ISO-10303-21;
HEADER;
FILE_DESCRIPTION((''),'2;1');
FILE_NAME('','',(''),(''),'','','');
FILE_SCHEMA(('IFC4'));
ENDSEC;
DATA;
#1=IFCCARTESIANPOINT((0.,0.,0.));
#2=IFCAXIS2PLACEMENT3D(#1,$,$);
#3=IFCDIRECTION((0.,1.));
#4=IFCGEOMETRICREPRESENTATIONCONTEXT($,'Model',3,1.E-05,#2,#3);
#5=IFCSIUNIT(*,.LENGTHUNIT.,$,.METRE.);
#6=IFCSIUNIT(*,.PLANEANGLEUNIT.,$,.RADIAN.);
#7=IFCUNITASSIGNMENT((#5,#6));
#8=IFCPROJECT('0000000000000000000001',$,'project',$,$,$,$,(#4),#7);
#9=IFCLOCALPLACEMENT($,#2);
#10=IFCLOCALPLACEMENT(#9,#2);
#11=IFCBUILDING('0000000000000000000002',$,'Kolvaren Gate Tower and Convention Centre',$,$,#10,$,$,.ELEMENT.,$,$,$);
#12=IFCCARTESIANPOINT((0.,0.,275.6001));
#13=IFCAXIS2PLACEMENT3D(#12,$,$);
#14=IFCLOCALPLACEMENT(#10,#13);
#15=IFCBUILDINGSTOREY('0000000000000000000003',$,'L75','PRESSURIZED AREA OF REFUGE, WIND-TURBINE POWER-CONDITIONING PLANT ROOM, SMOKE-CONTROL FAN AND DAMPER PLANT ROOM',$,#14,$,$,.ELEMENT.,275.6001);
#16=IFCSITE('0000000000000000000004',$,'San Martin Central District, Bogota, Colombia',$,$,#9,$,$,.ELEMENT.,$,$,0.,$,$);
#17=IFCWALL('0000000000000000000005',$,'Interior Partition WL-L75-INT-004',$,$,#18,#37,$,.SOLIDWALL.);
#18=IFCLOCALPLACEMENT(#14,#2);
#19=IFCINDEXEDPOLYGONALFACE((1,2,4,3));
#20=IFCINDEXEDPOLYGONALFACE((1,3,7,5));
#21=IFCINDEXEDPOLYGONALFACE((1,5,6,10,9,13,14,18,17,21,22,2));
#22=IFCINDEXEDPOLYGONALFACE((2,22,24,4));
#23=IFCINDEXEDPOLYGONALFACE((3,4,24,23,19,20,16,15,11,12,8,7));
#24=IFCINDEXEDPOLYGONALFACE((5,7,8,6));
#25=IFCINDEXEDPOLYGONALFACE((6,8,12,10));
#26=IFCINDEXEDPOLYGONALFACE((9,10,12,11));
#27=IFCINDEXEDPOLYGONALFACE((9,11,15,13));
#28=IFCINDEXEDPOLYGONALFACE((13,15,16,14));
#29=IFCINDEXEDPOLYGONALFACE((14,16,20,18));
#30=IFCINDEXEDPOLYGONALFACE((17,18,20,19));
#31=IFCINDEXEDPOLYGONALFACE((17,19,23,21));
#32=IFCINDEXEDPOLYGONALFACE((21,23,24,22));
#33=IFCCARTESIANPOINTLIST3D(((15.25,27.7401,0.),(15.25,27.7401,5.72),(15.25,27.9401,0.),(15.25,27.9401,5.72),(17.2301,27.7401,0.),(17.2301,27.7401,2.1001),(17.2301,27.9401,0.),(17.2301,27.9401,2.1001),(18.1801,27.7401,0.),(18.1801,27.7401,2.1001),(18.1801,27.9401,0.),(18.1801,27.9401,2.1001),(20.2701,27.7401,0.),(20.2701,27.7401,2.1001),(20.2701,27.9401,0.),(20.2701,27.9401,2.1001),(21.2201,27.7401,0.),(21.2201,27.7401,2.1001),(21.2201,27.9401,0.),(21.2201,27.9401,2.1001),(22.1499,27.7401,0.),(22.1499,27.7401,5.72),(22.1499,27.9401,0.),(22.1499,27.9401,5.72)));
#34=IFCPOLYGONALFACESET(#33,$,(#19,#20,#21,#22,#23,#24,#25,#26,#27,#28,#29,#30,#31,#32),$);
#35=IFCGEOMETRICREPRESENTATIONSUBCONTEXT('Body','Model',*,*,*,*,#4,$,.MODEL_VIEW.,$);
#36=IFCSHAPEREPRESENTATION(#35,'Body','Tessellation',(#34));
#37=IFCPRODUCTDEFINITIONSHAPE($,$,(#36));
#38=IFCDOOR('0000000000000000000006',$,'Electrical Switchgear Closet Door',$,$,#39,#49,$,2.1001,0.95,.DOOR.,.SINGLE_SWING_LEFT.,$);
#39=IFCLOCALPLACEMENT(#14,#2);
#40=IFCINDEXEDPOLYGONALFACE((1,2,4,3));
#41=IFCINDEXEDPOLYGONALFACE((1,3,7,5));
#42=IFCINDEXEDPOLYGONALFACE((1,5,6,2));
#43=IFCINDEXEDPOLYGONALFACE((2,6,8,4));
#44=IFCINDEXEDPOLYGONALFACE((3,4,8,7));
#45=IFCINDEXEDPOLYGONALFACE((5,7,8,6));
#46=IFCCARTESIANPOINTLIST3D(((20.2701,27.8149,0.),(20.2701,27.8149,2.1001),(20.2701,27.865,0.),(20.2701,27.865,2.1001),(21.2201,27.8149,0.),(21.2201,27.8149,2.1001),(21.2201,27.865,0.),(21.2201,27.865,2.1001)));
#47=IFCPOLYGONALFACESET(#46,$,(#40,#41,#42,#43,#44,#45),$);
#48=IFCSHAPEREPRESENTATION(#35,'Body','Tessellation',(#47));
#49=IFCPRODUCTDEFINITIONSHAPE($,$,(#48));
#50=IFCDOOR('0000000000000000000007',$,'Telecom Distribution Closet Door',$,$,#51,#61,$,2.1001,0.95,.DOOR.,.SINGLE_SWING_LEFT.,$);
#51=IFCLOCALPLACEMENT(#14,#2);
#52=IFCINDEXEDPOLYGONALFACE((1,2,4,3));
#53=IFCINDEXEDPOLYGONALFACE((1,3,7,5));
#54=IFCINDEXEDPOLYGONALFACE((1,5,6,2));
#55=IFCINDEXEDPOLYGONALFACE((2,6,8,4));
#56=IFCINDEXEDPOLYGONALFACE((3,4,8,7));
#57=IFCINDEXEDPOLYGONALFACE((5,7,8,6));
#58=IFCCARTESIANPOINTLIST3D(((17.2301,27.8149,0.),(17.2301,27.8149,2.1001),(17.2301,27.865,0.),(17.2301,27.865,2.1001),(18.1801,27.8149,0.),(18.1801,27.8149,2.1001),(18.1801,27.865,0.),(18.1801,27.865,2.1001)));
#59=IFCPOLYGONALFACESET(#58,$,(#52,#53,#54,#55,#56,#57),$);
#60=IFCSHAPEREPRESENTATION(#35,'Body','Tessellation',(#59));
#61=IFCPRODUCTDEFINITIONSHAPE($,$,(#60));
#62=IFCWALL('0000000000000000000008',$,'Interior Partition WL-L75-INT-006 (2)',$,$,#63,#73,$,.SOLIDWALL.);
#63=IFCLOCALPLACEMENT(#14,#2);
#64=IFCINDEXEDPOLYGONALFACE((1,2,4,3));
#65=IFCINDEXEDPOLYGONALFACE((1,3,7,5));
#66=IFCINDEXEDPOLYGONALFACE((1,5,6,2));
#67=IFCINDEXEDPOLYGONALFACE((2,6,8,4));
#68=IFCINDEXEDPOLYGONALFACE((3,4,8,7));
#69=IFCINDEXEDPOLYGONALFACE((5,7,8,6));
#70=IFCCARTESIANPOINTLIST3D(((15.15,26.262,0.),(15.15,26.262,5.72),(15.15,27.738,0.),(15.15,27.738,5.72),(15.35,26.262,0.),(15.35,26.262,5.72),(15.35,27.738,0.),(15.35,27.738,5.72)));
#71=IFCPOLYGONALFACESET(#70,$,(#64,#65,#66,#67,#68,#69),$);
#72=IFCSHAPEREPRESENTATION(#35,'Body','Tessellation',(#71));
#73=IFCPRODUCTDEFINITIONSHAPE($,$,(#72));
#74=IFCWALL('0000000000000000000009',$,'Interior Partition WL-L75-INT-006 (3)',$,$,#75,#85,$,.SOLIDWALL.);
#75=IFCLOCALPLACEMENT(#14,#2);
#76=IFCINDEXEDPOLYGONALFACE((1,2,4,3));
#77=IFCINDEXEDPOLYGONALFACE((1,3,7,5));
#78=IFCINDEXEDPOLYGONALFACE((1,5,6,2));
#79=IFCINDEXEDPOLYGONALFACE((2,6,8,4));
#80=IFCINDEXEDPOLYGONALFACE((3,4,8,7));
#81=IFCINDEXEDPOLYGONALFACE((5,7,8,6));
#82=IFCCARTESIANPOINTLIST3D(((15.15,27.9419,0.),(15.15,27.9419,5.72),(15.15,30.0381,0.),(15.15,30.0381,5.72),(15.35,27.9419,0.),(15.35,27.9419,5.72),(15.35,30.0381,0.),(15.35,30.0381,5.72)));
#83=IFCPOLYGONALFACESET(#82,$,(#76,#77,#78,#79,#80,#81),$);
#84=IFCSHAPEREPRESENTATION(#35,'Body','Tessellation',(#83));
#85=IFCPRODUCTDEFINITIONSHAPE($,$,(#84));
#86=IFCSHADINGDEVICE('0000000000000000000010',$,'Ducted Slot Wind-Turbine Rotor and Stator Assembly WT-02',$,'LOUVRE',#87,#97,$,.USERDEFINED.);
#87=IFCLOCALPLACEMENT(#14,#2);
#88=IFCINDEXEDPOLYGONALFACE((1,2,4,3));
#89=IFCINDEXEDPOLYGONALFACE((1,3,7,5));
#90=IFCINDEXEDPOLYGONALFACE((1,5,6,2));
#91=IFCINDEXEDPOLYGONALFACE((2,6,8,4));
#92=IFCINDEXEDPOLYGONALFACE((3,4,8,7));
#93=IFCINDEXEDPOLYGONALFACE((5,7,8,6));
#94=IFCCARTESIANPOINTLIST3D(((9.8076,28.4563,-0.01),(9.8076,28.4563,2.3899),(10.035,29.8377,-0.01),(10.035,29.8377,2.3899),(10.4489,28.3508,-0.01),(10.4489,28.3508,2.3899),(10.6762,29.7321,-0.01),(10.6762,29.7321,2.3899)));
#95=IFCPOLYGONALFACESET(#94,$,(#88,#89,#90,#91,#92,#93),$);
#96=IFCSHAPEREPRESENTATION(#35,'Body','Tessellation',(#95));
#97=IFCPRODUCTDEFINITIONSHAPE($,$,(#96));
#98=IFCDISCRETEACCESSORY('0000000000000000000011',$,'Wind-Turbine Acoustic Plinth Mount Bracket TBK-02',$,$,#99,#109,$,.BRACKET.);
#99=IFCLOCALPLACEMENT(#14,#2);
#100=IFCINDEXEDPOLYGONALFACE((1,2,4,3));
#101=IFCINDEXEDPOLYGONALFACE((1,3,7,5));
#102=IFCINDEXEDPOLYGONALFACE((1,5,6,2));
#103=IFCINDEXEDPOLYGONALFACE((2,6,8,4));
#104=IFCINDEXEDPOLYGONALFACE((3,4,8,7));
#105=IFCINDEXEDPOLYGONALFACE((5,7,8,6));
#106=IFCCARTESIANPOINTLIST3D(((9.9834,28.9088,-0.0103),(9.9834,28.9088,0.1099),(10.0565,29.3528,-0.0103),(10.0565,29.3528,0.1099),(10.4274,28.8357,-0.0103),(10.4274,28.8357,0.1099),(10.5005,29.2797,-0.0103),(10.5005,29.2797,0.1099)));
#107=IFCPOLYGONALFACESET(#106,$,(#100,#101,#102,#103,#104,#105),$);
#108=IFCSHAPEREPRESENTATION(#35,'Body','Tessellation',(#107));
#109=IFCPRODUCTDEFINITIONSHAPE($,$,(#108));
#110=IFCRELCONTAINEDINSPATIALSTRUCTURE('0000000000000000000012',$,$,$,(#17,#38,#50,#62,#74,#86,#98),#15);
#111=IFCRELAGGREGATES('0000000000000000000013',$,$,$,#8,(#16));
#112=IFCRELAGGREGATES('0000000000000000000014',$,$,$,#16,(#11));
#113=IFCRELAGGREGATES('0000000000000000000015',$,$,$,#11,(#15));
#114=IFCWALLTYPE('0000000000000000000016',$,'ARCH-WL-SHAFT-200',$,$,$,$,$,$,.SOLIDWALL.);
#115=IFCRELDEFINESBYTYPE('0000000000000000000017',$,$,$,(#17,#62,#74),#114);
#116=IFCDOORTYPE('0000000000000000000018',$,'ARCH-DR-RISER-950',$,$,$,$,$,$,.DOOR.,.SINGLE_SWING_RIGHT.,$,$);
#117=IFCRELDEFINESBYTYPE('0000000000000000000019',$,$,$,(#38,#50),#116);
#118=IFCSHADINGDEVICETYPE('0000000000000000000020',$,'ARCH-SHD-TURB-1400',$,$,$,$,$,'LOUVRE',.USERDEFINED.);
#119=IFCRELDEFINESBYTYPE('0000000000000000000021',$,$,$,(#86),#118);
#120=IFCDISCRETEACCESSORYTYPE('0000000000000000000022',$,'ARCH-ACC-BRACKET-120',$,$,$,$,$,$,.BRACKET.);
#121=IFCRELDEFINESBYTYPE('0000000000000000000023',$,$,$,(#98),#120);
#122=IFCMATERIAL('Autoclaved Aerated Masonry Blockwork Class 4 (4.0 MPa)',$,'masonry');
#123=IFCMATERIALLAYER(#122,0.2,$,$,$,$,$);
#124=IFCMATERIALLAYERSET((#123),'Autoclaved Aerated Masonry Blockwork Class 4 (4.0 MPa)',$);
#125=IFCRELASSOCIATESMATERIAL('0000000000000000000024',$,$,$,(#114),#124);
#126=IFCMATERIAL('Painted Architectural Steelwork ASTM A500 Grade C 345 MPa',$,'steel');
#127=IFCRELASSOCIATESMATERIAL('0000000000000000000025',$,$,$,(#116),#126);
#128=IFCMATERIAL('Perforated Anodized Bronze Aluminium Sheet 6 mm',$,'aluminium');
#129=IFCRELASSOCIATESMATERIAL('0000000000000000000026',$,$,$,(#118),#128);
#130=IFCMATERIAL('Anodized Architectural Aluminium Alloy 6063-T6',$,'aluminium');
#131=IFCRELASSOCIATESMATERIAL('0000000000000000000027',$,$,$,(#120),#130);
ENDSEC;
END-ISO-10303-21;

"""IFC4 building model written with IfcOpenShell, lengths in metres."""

from ifc_helpers import new_model, si_unit, direction, frame, frame_2d, origin, origin_2d, place, context, subcontext, project, spatial, rectangle, extrude, material, layer, layer_set, type_object, element, fill, save


model = new_model("IFC4")

# Units and contexts
model_context = context("Model", 3, precision=1e-05, world=origin(), true_north=direction((0.0, 1.0)))
body_context = subcontext(model_context, "Body", "Model", "MODEL_VIEW")
ifc_project = project(units=[si_unit("LENGTHUNIT", "METRE"), si_unit("PLANEANGLEUNIT", "RADIAN")], contexts=[model_context])

# Site, building, storey
site_placement = place(None, origin())
site = spatial("IfcSite", under=ifc_project, at=site_placement, Name="San Martin Central District, Bogota, Colombia", CompositionType="ELEMENT", RefElevation=0.0)
building_placement = place(site_placement, origin())
building = spatial("IfcBuilding", under=site, at=building_placement, Name="Kolvaren Gate Tower and Convention Centre", CompositionType="ELEMENT")
storey_placement = place(building_placement, frame((0.0, 0.0, 275.6001)))
storey = spatial("IfcBuildingStorey", under=building, at=storey_placement, Name="L75", Description="PRESSURIZED AREA OF REFUGE, WIND-TURBINE POWER-CONDITIONING PLANT ROOM, SMOKE-CONTROL FAN AND DAMPER PLANT ROOM", CompositionType="ELEMENT", Elevation=275.6001)

# Shared definitions
ifc_material_1 = material(Name="Perforated Anodized Bronze Aluminium Sheet 6 mm", Category="aluminium")

# Wall, openings, doors
ifc_material_2 = material(Name="Autoclaved Aerated Masonry Blockwork Class 4 (4.0 MPa)", Category="masonry")
ifc_layer_1 = layer(ifc_material_2, 0.2)
ifc_layer_set_1 = layer_set([ifc_layer_1], Name="Autoclaved Aerated Masonry Blockwork Class 4 (4.0 MPa)")
wall_type = type_object("IfcWallType", Name="ARCH-WL-SHAFT-200", PredefinedType="SOLIDWALL", material=ifc_layer_set_1)
wall_1_placement = place(storey_placement, frame((15.25, 27.8401, 0.0), z_axis=(0.0, 0.0, 1.0), x_axis=(1.0, 0.0, 0.0)))
wall_1 = element("IfcWall", 1, at=wall_1_placement, inside=storey, type_object=wall_type, Name="Interior Partition WL-L75-INT-004", PredefinedType="SOLIDWALL", context=body_context, shape_type="SweptSolid", body=[
    extrude(rectangle(XDim=6.8999, YDim=0.2, at=frame_2d((3.45, 0.0))), origin(), (0.0, 0.0, 1.0), 5.72),
])
opening_1_placement = place(wall_1_placement, frame((5.02, 0.0, 0.0)))
opening_1 = element("IfcOpeningElement", 2, at=opening_1_placement, cuts=wall_1, PredefinedType="OPENING", context=body_context, shape_type="SweptSolid", body=[
    extrude(rectangle(XDim=0.95, YDim=2.1001, at=frame_2d((0.4751, 1.05))), frame((0.0, 0.1099, 0.0), z_axis=(0.0, -1.0, 0.0), x_axis=(1.0, 0.0, 0.0)), (0.0, 0.0, 1.0), 0.22),
])
opening_2_placement = place(wall_1_placement, frame((1.98, 0.0, 0.0)))
opening_2 = element("IfcOpeningElement", 3, at=opening_2_placement, cuts=wall_1, PredefinedType="OPENING", context=body_context, shape_type="SweptSolid", body=[
    extrude(rectangle(XDim=0.95, YDim=2.1001, at=frame_2d((0.4751, 1.05))), frame((0.0, 0.1099, 0.0), z_axis=(0.0, -1.0, 0.0), x_axis=(1.0, 0.0, 0.0)), (0.0, 0.0, 1.0), 0.22),
])
ifc_material_3 = material(Name="Painted Architectural Steelwork ASTM A500 Grade C 345 MPa", Category="steel")
door_type = type_object("IfcDoorType", Name="ARCH-DR-RISER-950", OperationType="SINGLE_SWING_RIGHT", PredefinedType="DOOR", material=ifc_material_3)
door_1_placement = place(opening_1_placement, origin())
door_1 = element("IfcDoor", 4, at=door_1_placement, inside=storey, type_object=door_type, Name="Electrical Switchgear Closet Door", OperationType="SINGLE_SWING_LEFT", OverallHeight=2.1001, OverallWidth=0.95, PredefinedType="DOOR", context=body_context, shape_type="SweptSolid", body=[
    extrude(rectangle(XDim=0.95, YDim=2.1001, at=frame_2d((0.4751, 1.05))), frame((0.0, 0.0249, 0.0), z_axis=(0.0, -1.0, 0.0), x_axis=(1.0, 0.0, 0.0)), (0.0, 0.0, 1.0), 0.05),
])
fill(opening_1, door_1)
door_2_placement = place(opening_2_placement, origin())
door_2 = element("IfcDoor", 5, at=door_2_placement, inside=storey, type_object=door_type, Name="Telecom Distribution Closet Door", OperationType="SINGLE_SWING_LEFT", OverallHeight=2.1001, OverallWidth=0.95, PredefinedType="DOOR", context=body_context, shape_type="SweptSolid", body=[
    extrude(rectangle(XDim=0.95, YDim=2.1001, at=frame_2d((0.4751, 1.05))), frame((0.0, 0.0249, 0.0), z_axis=(0.0, -1.0, 0.0), x_axis=(1.0, 0.0, 0.0)), (0.0, 0.0, 1.0), 0.05),
])
fill(opening_2, door_2)

# Walls
wall_2_placement = place(storey_placement, frame((15.25, 26.262, 0.0), z_axis=(0.0, 0.0, 1.0), x_axis=(0.0, 1.0, 0.0)))
element("IfcWall", 6, at=wall_2_placement, inside=storey, type_object=wall_type, Name="Interior Partition WL-L75-INT-006 (2)", PredefinedType="SOLIDWALL", context=body_context, shape_type="SweptSolid", body=[
    extrude(rectangle(XDim=1.4761, YDim=0.2, at=frame_2d((0.738, 0.0))), origin(), (0.0, 0.0, 1.0), 5.72),
])
wall_3_placement = place(storey_placement, frame((15.25, 27.9419, 0.0), z_axis=(0.0, 0.0, 1.0), x_axis=(0.0, 1.0, 0.0)))
element("IfcWall", 7, at=wall_3_placement, inside=storey, type_object=wall_type, Name="Interior Partition WL-L75-INT-006 (3)", PredefinedType="SOLIDWALL", context=body_context, shape_type="SweptSolid", body=[
    extrude(rectangle(XDim=2.0962, YDim=0.2, at=frame_2d((1.0481, 0.0))), origin(), (0.0, 0.0, 1.0), 5.72),
])

# Shading device
shading_device_type = type_object("IfcShadingDeviceType", Name="ARCH-SHD-TURB-1400", ElementType="LOUVRE", PredefinedType="USERDEFINED", material=ifc_material_1)
shading_device_placement = place(storey_placement, frame((10.2419, 29.0942, -0.01), z_axis=(0.0, 0.0, 1.0), x_axis=(0.162386, 0.986727, 0.0)))
element("IfcShadingDevice", 8, at=shading_device_placement, inside=storey, type_object=shading_device_type, Name="Ducted Slot Wind-Turbine Rotor and Stator Assembly WT-02", ObjectType="LOUVRE", PredefinedType="USERDEFINED", context=body_context, shape_type="SweptSolid", body=[
    extrude(rectangle(XDim=1.3999, YDim=0.6499, at=origin_2d()), origin(), (0.0, 0.0, 1.0), 2.3999),
])

# Discrete accessory
ifc_material_4 = material(Name="Anodized Architectural Aluminium Alloy 6063-T6", Category="aluminium")
discrete_accessory_type = type_object("IfcDiscreteAccessoryType", Name="ARCH-ACC-BRACKET-120", PredefinedType="BRACKET", material=ifc_material_4)
discrete_accessory_placement = place(storey_placement, frame((10.2419, 29.0942, -0.0103), z_axis=(0.0, 0.0, 1.0), x_axis=(0.162386, 0.986727, 0.0)))
element("IfcDiscreteAccessory", 9, at=discrete_accessory_placement, inside=storey, type_object=discrete_accessory_type, Name="Wind-Turbine Acoustic Plinth Mount Bracket TBK-02", PredefinedType="BRACKET", context=body_context, shape_type="SweptSolid", body=[
    extrude(rectangle(XDim=0.45, YDim=0.45, at=origin_2d()), origin(), (0.0, 0.0, 1.0), 0.1201),
])

save(model, "model.ifc")
